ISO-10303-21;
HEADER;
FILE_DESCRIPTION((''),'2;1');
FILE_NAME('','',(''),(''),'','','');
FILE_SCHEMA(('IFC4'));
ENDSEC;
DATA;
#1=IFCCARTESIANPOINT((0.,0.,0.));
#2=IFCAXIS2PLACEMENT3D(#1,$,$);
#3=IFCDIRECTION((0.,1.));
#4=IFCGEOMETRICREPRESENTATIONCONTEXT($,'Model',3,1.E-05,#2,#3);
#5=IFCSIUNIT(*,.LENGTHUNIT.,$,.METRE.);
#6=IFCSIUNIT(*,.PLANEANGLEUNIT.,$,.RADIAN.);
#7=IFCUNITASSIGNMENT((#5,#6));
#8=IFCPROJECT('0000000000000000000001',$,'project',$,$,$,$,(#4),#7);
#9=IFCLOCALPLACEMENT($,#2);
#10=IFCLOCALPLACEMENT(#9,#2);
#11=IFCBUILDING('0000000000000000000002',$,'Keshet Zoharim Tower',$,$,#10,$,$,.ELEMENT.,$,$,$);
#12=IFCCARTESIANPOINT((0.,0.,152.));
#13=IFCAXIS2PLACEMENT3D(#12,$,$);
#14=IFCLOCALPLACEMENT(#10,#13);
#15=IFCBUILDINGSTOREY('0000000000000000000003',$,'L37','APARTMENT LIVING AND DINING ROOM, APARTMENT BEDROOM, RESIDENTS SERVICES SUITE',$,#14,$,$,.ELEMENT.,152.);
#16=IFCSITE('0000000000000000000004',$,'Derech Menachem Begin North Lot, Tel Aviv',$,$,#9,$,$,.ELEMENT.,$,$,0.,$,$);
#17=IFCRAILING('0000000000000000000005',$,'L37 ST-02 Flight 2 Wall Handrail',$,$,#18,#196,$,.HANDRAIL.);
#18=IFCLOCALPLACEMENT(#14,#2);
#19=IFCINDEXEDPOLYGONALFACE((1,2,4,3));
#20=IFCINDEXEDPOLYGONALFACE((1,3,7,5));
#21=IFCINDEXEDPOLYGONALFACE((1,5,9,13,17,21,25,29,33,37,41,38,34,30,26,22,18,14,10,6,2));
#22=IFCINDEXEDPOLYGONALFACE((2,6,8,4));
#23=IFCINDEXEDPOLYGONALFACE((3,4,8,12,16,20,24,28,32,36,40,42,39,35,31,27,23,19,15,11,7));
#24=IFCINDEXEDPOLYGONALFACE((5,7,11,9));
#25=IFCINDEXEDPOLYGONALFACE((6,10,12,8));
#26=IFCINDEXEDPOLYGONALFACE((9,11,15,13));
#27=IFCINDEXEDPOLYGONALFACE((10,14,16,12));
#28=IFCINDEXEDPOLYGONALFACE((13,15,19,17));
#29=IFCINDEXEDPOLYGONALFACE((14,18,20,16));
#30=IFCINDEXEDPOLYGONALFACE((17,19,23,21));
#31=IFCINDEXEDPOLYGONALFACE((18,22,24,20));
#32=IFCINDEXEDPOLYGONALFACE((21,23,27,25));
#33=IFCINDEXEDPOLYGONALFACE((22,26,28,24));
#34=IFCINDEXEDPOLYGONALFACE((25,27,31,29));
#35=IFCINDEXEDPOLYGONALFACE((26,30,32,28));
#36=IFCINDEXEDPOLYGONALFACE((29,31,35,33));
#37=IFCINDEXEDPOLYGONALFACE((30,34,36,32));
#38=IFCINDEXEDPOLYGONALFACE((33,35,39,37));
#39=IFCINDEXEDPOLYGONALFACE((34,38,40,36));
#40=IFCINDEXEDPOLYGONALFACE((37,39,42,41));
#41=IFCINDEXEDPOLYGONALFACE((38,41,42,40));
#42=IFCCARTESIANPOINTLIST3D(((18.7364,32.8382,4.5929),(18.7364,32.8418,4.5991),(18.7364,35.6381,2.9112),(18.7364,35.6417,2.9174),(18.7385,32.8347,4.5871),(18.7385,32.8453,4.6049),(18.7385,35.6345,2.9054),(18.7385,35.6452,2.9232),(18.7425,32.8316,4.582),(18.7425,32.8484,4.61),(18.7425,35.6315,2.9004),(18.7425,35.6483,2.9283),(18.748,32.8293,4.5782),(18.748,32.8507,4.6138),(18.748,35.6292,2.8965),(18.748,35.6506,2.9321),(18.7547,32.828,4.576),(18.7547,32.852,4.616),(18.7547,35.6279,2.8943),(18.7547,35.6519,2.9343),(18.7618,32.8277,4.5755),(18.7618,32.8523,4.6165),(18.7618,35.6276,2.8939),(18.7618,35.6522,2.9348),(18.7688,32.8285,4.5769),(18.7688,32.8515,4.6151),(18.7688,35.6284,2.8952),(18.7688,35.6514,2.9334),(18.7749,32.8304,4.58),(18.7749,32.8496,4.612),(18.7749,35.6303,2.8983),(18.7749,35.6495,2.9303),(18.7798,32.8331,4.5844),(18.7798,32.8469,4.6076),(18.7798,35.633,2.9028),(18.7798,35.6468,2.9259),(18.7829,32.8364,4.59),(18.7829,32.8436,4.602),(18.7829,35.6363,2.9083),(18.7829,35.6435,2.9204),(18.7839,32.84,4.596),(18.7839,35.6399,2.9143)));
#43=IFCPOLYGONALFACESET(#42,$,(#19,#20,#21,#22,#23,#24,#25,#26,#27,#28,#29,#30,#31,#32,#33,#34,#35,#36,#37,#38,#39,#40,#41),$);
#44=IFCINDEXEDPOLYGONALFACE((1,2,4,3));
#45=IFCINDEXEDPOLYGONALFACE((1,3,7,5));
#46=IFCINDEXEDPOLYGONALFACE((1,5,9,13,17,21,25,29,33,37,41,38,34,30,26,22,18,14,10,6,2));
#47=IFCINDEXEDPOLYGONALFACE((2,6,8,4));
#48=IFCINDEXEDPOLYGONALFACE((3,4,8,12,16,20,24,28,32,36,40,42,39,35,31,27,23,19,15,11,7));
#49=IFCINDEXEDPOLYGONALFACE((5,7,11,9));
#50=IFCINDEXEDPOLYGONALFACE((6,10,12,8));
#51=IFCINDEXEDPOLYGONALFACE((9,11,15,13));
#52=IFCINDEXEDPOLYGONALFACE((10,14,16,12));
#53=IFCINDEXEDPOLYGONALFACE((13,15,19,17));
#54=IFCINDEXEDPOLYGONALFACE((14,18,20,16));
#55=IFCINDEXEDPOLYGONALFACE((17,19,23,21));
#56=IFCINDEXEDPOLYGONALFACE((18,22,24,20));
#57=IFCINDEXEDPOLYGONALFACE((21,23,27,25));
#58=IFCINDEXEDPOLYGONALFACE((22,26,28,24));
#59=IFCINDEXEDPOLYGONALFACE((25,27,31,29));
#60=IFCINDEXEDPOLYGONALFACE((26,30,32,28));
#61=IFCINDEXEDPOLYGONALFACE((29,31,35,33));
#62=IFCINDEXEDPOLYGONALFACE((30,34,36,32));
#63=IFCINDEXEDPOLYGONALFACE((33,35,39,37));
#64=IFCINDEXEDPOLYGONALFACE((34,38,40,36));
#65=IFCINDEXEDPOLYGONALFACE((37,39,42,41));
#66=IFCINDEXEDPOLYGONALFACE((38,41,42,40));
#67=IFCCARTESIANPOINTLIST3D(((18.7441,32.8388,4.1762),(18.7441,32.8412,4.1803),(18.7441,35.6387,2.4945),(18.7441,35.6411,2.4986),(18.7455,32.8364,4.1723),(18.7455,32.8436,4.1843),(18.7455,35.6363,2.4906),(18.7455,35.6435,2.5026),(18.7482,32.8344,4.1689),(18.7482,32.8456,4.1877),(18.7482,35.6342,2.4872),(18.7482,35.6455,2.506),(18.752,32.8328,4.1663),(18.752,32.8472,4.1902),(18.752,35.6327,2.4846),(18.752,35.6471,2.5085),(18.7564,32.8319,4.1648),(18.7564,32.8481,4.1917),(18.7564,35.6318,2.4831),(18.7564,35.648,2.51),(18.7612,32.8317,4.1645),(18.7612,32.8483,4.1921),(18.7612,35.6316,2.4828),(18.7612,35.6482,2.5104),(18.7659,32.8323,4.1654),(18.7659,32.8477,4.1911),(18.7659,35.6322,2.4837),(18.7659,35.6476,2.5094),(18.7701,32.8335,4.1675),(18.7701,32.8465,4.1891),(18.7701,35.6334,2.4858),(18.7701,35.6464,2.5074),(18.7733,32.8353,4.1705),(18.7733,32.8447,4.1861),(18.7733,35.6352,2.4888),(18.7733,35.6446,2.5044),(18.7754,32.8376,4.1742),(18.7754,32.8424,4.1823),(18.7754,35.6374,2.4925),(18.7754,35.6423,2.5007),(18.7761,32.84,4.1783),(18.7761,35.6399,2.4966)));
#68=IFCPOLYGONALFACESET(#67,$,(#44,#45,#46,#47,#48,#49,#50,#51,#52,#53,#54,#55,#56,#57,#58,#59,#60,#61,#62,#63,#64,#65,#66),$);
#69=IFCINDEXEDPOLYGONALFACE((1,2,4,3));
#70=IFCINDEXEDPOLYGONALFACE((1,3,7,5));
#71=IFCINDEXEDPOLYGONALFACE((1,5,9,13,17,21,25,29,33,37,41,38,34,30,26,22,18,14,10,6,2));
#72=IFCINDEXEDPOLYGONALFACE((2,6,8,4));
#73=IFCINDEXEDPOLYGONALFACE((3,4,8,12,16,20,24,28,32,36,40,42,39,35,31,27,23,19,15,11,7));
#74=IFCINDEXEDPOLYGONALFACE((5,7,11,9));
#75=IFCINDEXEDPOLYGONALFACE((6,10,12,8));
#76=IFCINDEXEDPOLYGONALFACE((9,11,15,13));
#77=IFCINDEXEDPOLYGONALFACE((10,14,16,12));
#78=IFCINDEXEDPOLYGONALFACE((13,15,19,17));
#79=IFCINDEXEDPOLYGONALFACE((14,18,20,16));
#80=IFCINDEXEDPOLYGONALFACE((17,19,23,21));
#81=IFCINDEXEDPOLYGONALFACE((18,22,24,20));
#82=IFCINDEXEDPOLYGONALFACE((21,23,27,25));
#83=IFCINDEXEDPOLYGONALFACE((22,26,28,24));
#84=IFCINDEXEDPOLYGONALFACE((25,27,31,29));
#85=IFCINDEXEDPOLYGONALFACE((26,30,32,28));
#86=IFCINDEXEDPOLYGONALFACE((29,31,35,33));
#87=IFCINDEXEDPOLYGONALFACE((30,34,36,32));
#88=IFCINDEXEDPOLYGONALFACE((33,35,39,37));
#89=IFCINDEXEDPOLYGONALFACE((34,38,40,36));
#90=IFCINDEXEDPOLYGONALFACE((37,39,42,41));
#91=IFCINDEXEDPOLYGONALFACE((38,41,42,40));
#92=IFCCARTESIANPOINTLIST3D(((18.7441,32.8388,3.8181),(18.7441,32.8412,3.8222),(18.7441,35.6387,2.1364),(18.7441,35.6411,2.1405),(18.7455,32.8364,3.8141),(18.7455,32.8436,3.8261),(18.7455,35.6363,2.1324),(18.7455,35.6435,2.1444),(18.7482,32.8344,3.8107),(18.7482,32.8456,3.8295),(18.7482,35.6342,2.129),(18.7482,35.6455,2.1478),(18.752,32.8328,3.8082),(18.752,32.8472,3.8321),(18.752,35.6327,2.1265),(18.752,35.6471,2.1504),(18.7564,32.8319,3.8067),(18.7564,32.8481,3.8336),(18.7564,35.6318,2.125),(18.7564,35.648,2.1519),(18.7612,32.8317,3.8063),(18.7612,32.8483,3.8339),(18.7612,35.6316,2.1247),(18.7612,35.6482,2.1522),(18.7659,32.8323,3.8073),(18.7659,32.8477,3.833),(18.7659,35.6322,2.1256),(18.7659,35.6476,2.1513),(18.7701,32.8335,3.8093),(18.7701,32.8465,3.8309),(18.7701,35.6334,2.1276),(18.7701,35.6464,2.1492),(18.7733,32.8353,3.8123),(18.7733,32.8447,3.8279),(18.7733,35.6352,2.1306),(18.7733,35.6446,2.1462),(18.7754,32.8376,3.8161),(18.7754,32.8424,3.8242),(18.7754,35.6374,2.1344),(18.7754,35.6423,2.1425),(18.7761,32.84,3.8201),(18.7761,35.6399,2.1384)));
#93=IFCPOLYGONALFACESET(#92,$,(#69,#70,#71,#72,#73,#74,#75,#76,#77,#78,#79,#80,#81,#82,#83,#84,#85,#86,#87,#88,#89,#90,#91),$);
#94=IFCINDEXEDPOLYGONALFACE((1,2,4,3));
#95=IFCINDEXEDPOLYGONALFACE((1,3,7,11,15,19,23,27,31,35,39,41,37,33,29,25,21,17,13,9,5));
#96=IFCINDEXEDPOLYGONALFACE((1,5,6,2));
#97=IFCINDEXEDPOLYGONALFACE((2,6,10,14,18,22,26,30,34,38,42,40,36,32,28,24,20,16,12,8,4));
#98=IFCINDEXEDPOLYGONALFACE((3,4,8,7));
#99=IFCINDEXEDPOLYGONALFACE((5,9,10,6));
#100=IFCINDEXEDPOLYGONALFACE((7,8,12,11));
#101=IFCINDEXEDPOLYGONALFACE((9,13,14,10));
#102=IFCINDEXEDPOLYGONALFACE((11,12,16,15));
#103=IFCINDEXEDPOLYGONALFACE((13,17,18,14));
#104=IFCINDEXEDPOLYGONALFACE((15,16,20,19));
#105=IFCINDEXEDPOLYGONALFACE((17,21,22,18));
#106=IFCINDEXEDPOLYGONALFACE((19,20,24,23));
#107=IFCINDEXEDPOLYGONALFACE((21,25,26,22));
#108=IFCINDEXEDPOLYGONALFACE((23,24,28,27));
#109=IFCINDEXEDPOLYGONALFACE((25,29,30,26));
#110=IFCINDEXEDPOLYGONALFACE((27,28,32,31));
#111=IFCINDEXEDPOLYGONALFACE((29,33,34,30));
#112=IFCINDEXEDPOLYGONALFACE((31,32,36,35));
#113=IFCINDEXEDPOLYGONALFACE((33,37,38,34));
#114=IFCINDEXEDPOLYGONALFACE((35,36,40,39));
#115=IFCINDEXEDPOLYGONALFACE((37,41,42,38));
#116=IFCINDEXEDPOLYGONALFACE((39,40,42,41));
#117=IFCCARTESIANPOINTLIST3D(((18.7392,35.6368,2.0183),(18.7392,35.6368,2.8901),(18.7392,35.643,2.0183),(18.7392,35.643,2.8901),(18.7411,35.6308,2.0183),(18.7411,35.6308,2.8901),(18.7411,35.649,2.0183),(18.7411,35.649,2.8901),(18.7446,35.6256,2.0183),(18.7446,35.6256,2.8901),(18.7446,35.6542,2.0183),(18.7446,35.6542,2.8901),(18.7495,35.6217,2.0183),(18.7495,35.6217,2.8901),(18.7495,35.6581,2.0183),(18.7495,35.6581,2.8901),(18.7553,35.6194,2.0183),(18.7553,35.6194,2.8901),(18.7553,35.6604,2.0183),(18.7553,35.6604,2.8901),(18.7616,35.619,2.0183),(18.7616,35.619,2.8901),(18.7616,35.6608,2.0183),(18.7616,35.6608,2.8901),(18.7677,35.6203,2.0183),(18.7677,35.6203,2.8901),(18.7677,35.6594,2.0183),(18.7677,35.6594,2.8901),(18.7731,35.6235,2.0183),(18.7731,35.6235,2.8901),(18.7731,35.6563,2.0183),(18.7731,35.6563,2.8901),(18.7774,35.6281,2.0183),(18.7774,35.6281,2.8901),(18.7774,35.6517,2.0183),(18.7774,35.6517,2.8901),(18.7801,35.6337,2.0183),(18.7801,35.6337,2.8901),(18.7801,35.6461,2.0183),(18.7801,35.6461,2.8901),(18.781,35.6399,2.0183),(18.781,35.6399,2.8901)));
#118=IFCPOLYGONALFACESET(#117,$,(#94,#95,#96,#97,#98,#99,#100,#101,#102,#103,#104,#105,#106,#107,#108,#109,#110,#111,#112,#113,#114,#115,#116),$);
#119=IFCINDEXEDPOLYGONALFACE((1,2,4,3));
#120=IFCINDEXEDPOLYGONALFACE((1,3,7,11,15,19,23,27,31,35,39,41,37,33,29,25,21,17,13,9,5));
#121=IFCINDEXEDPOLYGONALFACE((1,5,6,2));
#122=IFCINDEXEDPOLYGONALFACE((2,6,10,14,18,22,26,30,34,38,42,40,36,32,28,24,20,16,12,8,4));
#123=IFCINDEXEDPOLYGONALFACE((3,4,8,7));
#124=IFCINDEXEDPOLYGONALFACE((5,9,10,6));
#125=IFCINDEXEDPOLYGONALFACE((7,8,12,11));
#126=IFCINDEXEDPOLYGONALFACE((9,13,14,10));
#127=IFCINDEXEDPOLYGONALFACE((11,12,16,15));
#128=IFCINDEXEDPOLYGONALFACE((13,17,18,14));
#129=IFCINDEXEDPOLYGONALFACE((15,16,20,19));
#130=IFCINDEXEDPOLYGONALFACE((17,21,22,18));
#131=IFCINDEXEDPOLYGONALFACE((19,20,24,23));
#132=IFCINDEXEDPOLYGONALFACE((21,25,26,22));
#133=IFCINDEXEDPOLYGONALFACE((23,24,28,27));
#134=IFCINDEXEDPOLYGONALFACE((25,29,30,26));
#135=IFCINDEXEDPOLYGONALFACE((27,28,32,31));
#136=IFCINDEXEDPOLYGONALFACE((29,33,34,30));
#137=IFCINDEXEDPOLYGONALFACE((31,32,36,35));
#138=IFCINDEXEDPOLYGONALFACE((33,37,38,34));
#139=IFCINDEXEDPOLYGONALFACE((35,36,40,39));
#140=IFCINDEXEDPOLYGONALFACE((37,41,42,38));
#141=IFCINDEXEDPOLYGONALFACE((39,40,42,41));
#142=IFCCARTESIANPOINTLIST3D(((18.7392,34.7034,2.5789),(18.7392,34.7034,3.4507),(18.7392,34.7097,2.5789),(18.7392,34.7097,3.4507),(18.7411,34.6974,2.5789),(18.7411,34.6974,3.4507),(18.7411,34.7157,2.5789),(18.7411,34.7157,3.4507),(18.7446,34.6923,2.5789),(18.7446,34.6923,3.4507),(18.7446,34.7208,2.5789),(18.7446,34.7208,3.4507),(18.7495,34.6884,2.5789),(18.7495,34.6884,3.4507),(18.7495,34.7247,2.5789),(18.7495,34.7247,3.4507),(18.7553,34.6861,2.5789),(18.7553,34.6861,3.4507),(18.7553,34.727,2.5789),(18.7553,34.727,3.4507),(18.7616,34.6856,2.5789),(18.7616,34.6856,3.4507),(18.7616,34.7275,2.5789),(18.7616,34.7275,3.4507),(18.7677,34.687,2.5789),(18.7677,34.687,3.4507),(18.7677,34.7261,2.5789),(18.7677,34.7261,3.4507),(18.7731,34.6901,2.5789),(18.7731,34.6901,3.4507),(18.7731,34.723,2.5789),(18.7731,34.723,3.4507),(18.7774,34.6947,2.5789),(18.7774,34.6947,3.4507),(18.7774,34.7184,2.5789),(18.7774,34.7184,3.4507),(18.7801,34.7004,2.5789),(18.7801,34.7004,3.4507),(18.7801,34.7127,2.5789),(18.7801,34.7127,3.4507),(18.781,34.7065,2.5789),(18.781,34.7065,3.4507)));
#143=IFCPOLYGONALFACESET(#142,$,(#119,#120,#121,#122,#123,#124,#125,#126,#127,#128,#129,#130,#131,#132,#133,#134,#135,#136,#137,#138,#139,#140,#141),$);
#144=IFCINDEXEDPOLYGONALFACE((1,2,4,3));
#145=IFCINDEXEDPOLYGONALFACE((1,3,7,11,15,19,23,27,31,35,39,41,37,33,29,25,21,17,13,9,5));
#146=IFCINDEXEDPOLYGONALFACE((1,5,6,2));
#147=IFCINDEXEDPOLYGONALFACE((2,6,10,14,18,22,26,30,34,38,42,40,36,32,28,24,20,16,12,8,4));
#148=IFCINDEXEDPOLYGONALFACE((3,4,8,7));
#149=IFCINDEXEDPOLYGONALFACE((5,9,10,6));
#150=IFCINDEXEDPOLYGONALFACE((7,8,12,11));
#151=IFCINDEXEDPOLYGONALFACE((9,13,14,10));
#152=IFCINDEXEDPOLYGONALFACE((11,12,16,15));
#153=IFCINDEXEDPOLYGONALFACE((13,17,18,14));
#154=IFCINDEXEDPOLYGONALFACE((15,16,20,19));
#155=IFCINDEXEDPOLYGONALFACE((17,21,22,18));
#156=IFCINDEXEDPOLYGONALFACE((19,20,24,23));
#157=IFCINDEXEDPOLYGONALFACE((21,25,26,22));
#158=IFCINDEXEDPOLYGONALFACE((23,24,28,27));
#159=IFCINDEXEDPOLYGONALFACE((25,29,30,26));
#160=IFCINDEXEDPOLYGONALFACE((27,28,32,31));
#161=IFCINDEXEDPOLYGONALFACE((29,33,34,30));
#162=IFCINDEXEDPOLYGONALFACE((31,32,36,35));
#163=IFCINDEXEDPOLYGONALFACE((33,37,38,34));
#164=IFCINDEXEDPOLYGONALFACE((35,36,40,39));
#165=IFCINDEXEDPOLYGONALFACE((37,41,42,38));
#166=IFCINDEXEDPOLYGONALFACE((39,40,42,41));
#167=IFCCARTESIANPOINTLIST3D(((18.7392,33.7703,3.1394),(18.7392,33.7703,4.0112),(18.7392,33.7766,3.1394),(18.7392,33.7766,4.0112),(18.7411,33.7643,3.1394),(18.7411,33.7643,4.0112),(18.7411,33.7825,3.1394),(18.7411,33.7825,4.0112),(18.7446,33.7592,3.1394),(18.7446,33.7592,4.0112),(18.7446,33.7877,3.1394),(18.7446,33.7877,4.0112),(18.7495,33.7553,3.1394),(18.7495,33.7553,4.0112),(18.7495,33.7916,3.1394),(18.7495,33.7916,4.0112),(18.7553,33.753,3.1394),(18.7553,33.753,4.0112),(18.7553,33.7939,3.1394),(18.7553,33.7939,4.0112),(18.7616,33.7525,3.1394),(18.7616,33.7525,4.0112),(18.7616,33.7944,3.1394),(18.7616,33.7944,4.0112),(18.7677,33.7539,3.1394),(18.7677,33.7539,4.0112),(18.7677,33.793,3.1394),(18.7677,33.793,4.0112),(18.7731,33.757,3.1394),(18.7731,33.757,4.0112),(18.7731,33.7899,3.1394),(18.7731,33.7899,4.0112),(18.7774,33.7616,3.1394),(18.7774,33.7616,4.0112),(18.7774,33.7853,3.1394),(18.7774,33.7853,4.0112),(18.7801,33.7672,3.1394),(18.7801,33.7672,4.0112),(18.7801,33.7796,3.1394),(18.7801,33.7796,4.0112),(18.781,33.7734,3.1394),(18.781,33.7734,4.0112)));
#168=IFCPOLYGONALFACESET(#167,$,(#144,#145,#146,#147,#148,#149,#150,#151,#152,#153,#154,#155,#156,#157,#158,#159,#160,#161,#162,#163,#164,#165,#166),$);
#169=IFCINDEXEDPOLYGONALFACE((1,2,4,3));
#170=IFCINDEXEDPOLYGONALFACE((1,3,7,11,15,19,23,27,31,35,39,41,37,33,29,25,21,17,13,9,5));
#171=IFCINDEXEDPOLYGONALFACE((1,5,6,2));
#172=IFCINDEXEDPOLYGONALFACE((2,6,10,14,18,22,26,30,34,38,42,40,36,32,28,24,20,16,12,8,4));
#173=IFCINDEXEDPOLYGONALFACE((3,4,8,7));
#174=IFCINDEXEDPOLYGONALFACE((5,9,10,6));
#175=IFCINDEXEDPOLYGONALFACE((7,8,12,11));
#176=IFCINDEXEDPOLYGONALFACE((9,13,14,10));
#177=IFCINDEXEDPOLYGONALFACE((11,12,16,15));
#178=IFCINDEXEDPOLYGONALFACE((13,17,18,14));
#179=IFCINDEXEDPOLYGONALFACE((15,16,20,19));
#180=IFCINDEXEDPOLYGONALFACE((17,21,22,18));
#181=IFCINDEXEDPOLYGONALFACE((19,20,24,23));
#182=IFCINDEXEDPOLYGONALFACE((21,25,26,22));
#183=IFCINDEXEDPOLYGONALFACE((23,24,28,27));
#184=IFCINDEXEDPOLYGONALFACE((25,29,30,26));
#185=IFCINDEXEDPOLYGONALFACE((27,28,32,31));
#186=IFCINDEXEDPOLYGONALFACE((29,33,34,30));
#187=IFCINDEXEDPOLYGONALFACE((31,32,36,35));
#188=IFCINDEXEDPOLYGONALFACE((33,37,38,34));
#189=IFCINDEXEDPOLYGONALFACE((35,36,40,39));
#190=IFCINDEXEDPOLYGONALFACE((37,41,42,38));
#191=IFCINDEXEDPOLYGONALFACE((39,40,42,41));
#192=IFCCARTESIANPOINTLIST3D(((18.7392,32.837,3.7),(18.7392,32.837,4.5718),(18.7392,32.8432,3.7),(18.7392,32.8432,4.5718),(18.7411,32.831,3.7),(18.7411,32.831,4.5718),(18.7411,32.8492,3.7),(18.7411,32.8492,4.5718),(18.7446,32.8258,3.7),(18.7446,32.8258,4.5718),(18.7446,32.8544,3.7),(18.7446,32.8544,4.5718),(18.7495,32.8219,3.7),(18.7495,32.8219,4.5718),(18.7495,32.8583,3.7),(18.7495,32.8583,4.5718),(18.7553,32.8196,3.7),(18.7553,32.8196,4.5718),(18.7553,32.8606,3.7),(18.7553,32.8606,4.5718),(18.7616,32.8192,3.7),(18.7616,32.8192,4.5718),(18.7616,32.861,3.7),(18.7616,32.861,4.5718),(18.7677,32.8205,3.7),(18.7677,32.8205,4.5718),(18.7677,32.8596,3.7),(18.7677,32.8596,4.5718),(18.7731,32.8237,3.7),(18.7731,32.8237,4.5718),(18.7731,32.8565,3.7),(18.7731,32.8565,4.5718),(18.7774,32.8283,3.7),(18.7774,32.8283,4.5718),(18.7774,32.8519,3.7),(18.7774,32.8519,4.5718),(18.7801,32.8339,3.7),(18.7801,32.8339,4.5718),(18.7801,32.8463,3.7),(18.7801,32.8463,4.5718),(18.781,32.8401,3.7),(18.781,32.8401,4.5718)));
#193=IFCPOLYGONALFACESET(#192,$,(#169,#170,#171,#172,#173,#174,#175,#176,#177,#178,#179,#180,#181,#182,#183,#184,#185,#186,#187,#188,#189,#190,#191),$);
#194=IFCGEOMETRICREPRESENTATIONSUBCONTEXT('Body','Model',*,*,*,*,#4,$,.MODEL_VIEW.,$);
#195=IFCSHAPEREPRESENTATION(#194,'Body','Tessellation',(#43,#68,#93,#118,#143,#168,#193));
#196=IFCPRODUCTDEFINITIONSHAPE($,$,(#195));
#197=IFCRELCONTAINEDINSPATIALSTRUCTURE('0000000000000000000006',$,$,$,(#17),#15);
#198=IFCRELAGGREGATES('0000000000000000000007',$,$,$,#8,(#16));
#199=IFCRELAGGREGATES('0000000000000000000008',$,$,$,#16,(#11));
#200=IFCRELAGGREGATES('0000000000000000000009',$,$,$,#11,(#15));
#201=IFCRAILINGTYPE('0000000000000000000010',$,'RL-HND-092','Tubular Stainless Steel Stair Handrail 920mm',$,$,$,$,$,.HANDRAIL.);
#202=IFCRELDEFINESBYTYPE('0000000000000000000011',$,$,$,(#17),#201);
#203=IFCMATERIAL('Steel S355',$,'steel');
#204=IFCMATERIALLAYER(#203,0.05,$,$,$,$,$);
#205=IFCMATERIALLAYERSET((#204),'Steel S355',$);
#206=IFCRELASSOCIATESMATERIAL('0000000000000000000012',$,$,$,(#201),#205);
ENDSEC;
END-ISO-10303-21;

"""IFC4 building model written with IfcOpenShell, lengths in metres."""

from ifc_helpers import new_model, si_unit, direction, frame, origin, origin_2d, place, context, subcontext, project, spatial, circle, extrude, material, layer, layer_set, type_object, element, save


model = new_model("IFC4")

# Units and contexts
model_context = context("Model", 3, precision=1e-05, world=origin(), true_north=direction((0.0, 1.0)))
body_context = subcontext(model_context, "Body", "Model", "MODEL_VIEW")
ifc_project = project(units=[si_unit("LENGTHUNIT", "METRE"), si_unit("PLANEANGLEUNIT", "RADIAN")], contexts=[model_context])

# Site, building, storey
site_placement = place(None, origin())
site = spatial("IfcSite", under=ifc_project, at=site_placement, Name="Derech Menachem Begin North Lot, Tel Aviv", CompositionType="ELEMENT", RefElevation=0.0)
building_placement = place(site_placement, origin())
building = spatial("IfcBuilding", under=site, at=building_placement, Name="Keshet Zoharim Tower", CompositionType="ELEMENT")
storey_placement = place(building_placement, frame((0.0, 0.0, 152.0)))
storey = spatial("IfcBuildingStorey", under=building, at=storey_placement, Name="L37", Description="APARTMENT LIVING AND DINING ROOM, APARTMENT BEDROOM, RESIDENTS SERVICES SUITE", CompositionType="ELEMENT", Elevation=152.0)

# Shared definitions
ifc_material_1 = material(Name="Steel S355", Category="steel")

# Railing
ifc_layer_1 = layer(ifc_material_1, 0.05)
ifc_layer_set_1 = layer_set([ifc_layer_1], Name="Steel S355")
railing_type = type_object("IfcRailingType", Name="RL-HND-092", Description="Tubular Stainless Steel Stair Handrail 920mm", PredefinedType="HANDRAIL", material=ifc_layer_set_1)
railing_placement = place(storey_placement, frame((18.76, 35.6399, 2.0183)))
element("IfcRailing", 1, at=railing_placement, inside=storey, type_object=railing_type, Name="L37 ST-02 Flight 2 Wall Handrail", PredefinedType="HANDRAIL", context=body_context, shape_type="SweptSolid", body=[
    extrude(circle(Radius=0.0239, at=origin_2d()), frame((0.0, 0.0, 0.896), z_axis=(0.0, -0.857255, 0.514891), x_axis=(1.0, 0.0, 0.0)), (0.0, 0.0, 1.0), 3.2661),
    extrude(circle(Radius=0.0161, at=origin_2d()), frame((0.0, 0.0, 0.4783), z_axis=(0.0, -0.857255, 0.514891), x_axis=(1.0, 0.0, 0.0)), (0.0, 0.0, 1.0), 3.2661),
    extrude(circle(Radius=0.0161, at=origin_2d()), frame((0.0, 0.0, 0.1201), z_axis=(0.0, -0.857255, 0.514891), x_axis=(1.0, 0.0, 0.0)), (0.0, 0.0, 1.0), 3.2661),
    extrude(circle(Radius=0.021, at=origin_2d()), origin(), (0.0, 0.0, 1.0), 0.8718),
    extrude(circle(Radius=0.021, at=origin_2d()), frame((0.0, -0.9333, 0.5605)), (0.0, 0.0, 1.0), 0.8718),
    extrude(circle(Radius=0.021, at=origin_2d()), frame((0.0, -1.8665, 1.1211)), (0.0, 0.0, 1.0), 0.8718),
    extrude(circle(Radius=0.021, at=origin_2d()), frame((0.0, -2.7998, 1.6816)), (0.0, 0.0, 1.0), 0.8718),
])

save(model, "model.ifc")
